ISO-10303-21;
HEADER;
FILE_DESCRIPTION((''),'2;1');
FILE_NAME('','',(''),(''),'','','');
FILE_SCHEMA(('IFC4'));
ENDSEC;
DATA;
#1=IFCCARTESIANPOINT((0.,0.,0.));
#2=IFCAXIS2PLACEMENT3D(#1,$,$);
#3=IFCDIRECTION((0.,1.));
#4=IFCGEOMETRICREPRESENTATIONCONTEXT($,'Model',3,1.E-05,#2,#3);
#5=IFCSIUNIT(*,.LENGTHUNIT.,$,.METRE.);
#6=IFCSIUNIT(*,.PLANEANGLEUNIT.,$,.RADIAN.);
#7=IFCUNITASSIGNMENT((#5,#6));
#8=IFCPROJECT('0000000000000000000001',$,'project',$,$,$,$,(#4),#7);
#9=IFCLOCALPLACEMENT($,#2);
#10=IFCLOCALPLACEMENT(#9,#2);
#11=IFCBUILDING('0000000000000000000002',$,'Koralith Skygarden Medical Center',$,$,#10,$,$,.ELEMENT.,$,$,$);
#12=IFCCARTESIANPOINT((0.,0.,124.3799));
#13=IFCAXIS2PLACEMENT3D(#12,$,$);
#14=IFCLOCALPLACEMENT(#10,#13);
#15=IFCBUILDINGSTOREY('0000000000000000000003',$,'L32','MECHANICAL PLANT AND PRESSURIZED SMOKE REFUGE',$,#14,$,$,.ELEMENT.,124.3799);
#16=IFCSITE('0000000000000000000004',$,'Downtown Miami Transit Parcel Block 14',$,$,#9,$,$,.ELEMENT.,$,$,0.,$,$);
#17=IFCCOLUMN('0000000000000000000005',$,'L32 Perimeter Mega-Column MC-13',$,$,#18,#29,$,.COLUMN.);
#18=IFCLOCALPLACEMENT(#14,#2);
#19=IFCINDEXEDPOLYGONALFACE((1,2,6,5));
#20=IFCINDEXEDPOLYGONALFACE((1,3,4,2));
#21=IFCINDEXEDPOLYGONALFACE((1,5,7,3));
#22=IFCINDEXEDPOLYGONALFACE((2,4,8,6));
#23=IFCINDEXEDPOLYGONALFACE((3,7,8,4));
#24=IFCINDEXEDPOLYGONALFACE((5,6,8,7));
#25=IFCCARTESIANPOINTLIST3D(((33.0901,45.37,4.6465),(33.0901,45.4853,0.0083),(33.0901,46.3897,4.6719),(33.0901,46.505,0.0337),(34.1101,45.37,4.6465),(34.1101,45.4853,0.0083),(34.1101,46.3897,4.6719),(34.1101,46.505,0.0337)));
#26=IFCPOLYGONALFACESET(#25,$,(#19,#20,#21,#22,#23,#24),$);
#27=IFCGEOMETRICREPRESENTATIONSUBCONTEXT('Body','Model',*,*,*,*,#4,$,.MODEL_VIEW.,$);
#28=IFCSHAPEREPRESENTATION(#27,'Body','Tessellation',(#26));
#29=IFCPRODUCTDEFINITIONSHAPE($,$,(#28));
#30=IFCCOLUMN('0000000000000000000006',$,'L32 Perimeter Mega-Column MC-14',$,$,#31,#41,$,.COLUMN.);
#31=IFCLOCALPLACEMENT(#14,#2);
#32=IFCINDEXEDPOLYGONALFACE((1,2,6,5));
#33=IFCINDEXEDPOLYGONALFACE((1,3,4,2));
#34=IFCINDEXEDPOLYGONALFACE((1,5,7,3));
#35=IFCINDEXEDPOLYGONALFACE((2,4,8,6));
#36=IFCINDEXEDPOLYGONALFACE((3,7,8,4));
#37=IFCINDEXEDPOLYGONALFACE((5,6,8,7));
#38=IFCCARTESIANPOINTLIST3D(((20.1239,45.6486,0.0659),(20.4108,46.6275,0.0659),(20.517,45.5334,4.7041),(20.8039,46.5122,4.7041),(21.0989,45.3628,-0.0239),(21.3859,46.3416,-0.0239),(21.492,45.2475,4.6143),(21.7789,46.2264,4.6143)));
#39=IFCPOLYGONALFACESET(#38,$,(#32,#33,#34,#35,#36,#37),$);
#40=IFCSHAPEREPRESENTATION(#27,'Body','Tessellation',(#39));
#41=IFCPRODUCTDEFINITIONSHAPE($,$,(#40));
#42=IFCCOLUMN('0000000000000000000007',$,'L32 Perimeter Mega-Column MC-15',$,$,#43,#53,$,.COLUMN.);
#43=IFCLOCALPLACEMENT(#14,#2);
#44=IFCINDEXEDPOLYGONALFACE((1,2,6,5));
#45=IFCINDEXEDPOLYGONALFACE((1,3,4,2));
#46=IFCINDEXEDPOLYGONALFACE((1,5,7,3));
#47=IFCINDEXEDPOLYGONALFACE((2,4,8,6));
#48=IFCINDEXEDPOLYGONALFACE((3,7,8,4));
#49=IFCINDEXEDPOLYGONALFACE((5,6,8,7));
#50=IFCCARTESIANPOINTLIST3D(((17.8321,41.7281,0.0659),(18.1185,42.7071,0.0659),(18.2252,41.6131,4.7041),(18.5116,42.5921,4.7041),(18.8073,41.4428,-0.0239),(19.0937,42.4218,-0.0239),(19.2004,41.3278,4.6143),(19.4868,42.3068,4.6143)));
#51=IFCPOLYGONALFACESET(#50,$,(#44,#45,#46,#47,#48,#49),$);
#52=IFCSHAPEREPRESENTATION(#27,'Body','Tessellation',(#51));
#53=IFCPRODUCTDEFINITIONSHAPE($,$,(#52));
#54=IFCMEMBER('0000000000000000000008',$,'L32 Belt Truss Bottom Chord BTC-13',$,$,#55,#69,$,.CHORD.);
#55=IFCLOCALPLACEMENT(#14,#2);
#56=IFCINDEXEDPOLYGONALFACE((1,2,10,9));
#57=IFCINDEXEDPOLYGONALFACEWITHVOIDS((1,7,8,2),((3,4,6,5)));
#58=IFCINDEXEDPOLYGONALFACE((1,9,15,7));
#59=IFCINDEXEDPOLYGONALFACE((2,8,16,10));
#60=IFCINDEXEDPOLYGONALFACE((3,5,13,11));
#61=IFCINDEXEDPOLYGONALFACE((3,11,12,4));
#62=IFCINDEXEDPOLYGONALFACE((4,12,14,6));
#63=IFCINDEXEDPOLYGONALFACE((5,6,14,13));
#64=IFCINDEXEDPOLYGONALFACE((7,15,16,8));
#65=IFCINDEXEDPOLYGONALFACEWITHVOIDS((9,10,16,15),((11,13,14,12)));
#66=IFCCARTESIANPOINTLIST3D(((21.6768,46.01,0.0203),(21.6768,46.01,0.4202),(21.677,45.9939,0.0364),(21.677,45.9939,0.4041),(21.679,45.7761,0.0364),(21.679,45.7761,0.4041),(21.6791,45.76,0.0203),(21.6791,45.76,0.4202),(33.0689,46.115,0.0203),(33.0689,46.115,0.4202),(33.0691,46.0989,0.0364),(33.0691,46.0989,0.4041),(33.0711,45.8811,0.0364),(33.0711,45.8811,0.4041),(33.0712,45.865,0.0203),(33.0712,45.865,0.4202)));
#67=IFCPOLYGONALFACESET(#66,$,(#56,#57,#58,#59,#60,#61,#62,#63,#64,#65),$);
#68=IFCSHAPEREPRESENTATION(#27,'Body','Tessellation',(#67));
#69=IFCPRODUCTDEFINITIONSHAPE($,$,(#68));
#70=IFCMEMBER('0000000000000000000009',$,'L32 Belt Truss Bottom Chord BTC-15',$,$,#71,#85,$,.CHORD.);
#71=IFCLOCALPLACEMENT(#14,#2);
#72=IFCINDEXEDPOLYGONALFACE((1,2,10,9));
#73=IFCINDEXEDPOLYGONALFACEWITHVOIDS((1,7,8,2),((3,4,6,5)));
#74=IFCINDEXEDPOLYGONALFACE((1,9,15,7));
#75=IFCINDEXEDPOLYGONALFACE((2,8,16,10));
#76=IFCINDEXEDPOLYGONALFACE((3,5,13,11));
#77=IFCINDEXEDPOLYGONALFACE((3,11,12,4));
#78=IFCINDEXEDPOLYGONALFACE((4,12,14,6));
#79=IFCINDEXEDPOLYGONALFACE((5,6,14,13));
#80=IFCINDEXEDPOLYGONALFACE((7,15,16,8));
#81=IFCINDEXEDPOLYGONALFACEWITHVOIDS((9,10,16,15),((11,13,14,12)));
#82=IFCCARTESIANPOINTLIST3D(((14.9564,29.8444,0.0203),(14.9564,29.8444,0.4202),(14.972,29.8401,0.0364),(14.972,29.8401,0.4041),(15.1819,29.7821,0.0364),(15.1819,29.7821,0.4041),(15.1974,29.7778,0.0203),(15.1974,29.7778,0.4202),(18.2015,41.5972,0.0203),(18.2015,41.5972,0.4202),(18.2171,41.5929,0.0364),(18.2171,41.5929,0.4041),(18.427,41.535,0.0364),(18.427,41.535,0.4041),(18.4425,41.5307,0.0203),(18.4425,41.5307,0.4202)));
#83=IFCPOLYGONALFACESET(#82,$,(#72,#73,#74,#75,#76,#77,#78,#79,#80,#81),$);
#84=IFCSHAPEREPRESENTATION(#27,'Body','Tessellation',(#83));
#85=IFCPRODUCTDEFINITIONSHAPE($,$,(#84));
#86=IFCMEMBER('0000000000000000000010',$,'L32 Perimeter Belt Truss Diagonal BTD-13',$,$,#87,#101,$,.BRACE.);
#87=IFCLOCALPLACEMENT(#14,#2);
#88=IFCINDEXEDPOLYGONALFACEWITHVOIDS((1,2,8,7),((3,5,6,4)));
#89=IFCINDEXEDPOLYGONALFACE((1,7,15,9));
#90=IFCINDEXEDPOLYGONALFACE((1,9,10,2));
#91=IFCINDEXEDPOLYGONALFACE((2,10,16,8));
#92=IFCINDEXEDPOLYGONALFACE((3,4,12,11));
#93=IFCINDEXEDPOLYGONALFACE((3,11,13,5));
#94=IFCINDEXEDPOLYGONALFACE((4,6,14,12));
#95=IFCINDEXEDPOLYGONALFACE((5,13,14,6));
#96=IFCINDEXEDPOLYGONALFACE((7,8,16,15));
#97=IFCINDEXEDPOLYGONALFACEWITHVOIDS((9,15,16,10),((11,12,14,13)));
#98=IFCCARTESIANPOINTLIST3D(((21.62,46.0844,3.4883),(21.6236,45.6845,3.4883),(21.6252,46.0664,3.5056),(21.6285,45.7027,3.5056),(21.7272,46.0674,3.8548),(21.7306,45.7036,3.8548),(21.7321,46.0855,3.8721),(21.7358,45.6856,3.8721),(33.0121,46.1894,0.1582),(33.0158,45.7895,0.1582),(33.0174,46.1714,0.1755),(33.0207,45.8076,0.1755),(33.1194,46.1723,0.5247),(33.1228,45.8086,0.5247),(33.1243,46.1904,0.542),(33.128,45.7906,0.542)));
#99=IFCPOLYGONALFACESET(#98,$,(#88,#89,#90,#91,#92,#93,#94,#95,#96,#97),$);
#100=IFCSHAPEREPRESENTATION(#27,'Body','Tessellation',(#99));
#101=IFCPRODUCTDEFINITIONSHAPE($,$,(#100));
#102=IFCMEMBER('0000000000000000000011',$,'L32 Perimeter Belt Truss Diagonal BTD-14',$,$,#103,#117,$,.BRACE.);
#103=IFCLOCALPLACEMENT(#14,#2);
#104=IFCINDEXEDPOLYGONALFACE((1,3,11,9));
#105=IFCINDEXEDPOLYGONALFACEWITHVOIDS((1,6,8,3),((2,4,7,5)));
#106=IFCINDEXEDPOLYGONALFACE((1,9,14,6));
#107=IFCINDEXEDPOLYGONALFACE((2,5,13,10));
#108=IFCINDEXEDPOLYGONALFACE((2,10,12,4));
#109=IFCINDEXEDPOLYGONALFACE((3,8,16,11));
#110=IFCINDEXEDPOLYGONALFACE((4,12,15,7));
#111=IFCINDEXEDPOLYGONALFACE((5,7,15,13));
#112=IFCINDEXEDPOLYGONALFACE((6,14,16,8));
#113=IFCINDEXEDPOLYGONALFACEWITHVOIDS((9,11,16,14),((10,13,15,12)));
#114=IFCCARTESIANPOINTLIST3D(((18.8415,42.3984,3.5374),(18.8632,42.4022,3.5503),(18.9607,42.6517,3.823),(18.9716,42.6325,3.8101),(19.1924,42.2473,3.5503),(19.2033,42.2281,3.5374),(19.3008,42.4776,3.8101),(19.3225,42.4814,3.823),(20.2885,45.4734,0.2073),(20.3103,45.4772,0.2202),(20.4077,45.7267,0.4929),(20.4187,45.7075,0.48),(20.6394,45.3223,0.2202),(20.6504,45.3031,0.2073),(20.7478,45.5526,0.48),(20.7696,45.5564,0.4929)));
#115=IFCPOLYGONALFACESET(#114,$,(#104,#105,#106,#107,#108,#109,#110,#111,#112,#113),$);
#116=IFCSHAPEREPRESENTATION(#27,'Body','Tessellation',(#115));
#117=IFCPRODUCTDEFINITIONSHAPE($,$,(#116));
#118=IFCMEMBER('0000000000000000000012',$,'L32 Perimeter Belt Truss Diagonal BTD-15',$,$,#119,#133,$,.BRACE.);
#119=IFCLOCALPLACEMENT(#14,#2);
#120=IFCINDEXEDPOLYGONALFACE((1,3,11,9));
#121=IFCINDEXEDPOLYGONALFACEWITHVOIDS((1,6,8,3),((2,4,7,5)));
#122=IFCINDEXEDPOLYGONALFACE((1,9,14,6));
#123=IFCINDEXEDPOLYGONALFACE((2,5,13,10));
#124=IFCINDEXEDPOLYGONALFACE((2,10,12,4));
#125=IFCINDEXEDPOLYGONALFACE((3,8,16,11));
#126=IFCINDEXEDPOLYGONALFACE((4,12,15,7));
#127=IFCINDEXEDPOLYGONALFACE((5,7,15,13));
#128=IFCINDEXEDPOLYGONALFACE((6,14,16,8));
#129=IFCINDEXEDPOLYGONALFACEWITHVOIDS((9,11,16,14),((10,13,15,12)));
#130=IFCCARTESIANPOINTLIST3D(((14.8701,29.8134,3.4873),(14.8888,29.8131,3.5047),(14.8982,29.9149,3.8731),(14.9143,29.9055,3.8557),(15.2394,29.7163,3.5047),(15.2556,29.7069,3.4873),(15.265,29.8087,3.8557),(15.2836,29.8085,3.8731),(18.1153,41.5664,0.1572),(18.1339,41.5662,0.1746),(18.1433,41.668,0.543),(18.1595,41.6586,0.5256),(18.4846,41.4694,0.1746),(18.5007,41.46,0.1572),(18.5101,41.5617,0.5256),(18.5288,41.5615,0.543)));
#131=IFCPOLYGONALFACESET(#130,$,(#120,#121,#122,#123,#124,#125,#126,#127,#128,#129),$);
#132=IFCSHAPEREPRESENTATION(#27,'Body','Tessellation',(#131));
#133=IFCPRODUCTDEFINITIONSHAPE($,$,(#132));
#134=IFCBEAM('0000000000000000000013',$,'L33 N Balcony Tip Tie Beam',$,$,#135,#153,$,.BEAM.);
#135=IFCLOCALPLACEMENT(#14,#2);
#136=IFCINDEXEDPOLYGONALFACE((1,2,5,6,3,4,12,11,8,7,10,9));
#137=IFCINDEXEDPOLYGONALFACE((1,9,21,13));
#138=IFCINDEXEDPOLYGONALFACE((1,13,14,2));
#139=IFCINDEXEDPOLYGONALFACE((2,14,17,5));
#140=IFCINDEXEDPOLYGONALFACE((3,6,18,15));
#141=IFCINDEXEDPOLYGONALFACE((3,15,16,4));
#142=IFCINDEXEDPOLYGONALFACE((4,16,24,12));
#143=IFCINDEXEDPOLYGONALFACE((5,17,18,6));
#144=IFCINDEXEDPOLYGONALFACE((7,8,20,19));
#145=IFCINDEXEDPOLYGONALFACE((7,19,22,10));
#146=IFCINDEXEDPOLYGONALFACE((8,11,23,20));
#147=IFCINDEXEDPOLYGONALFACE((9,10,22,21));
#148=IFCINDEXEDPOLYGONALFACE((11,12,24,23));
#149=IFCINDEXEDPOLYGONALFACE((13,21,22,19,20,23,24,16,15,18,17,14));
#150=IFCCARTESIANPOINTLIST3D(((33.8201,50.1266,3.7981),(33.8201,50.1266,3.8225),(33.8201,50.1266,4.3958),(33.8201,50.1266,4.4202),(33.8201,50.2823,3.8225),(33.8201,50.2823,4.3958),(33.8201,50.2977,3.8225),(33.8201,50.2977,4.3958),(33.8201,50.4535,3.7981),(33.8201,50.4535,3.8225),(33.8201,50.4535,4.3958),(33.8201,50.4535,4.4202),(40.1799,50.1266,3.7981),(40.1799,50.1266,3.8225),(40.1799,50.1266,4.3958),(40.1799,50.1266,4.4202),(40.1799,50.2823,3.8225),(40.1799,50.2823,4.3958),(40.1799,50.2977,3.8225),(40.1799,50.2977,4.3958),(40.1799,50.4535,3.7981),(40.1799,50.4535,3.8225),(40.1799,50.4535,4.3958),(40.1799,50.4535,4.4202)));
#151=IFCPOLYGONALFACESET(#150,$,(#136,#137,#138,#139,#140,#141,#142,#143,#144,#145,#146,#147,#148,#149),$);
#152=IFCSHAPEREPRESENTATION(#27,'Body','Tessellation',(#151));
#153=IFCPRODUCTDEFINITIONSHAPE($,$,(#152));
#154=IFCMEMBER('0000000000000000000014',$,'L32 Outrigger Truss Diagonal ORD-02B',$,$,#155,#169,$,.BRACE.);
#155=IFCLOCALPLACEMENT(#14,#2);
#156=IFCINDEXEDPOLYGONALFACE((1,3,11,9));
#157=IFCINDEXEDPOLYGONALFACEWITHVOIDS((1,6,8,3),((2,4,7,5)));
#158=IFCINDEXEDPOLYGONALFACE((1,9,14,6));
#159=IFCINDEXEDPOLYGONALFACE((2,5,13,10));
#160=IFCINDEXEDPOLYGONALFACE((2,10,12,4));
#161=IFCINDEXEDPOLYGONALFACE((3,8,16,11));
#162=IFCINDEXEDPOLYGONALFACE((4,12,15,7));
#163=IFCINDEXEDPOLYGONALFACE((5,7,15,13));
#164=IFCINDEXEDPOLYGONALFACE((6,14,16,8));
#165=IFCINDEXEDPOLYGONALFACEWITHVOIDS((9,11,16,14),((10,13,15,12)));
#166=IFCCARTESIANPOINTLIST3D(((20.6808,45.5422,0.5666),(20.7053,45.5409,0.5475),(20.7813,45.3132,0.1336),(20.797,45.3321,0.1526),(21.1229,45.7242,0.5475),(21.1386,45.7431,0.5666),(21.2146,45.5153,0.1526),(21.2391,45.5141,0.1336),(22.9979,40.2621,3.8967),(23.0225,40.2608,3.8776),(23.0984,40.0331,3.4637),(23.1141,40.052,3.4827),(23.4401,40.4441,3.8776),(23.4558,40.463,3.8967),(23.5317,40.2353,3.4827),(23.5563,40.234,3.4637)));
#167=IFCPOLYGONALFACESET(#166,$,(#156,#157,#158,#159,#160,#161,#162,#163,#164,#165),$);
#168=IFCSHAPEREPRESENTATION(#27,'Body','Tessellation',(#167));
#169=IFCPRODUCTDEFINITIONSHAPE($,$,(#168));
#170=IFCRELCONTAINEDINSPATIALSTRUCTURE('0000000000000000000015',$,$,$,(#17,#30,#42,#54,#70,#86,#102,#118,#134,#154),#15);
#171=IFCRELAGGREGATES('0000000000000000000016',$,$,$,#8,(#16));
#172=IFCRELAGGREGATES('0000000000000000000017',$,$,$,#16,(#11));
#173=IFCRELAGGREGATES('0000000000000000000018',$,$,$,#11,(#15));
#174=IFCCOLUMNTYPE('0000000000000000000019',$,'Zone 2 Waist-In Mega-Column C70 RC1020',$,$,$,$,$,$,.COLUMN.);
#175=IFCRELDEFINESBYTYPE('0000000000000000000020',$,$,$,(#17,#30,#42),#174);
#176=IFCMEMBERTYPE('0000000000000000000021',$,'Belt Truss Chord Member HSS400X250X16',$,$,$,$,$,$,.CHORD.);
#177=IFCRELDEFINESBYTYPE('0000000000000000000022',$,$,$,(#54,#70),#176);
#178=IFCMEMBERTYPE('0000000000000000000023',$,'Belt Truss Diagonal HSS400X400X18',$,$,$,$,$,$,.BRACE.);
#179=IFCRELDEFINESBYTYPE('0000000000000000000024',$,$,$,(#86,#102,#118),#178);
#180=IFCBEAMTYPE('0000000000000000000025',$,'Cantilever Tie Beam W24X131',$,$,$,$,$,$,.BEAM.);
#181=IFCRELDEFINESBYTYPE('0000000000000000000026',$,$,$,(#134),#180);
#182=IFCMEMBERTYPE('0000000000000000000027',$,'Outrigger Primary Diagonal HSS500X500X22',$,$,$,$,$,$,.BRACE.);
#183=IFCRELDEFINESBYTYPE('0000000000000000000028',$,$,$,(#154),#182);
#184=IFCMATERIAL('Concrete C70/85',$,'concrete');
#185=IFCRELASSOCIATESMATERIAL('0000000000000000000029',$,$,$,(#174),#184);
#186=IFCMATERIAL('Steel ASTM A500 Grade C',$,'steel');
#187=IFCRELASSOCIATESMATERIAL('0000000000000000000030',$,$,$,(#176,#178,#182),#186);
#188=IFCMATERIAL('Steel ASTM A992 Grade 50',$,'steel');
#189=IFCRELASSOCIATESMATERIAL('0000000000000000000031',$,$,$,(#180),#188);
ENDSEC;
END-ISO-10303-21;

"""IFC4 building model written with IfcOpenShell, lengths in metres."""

from ifc_helpers import new_model, si_unit, direction, frame, origin, origin_2d, place, context, subcontext, project, spatial, rectangle, hollow_rectangle, i_section, extrude, material, material_profile, profile_set, type_object, element, save


model = new_model("IFC4")

# Units and contexts
model_context = context("Model", 3, precision=1e-05, world=origin(), true_north=direction((0.0, 1.0)))
body_context = subcontext(model_context, "Body", "Model", "MODEL_VIEW")
ifc_project = project(units=[si_unit("LENGTHUNIT", "METRE"), si_unit("PLANEANGLEUNIT", "RADIAN")], contexts=[model_context])

# Site, building, storey
site_placement = place(None, origin())
site = spatial("IfcSite", under=ifc_project, at=site_placement, Name="Downtown Miami Transit Parcel Block 14", CompositionType="ELEMENT", RefElevation=0.0)
building_placement = place(site_placement, origin())
building = spatial("IfcBuilding", under=site, at=building_placement, Name="Koralith Skygarden Medical Center", CompositionType="ELEMENT")
storey_placement = place(building_placement, frame((0.0, 0.0, 124.3799)))
storey = spatial("IfcBuildingStorey", under=building, at=storey_placement, Name="L32", Description="MECHANICAL PLANT AND PRESSURIZED SMOKE REFUGE", CompositionType="ELEMENT", Elevation=124.3799)

# Columns
ifc_material_1 = material(Name="Concrete C70/85", Category="concrete")
ifc_material_profile_1 = material_profile(ifc_material_1, rectangle(XDim=1.02, YDim=1.02, at=origin_2d()), Name="RC1020X1020")
ifc_profile_set_1 = profile_set([ifc_material_profile_1], Name="Concrete C70/85")
column_type = type_object("IfcColumnType", Name="Zone 2 Waist-In Mega-Column C70 RC1020", PredefinedType="COLUMN", material=ifc_profile_set_1)
column_placement = place(storey_placement, frame((33.6001, 45.9951, 0.021), z_axis=(0.0, -0.024837, 0.999692), x_axis=(1.0, 0.0, 0.0)))
element("IfcColumn", 1, at=column_placement, inside=storey, type_object=column_type, Name="L32 Perimeter Mega-Column MC-13", PredefinedType="COLUMN", context=body_context, shape_type="SweptSolid", body=[
    extrude(rectangle(XDim=1.02, YDim=1.02, at=origin_2d()), origin(), (0.0, 0.0, 1.0), 4.6396),
])
for number, where, z_axis, x_axis, name in (
    (2, (20.7549, 45.9951, 0.021), (0.084417, -0.024748, 0.996123), (0.281327, 0.959612, 0.0), "L32 Perimeter Mega-Column MC-14"),
    (3, (18.4629, 42.075, 0.021), (0.084417, -0.024696, 0.996124), (0.280778, 0.959773, 0.0), "L32 Perimeter Mega-Column MC-15"),
):
    element("IfcColumn", number, at=place(storey_placement, frame(where, z_axis=z_axis, x_axis=x_axis)), inside=storey, type_object=column_type, Name=name, PredefinedType="COLUMN", context=body_context, shape_type="SweptSolid", body=[
        extrude(rectangle(XDim=1.02, YDim=1.02, at=origin_2d()), origin(), (0.0, 0.0, 1.0), 4.6562),
    ])

# Members
ifc_material_2 = material(Name="Steel ASTM A500 Grade C", Category="steel")
ifc_material_profile_2 = material_profile(ifc_material_2, hollow_rectangle(XDim=0.25, YDim=0.3999, WallThickness=0.0161, at=origin_2d()), Name="HSS400X250X16")
ifc_profile_set_2 = profile_set([ifc_material_profile_2], Name="Steel ASTM A500 Grade C")
member_type_1 = type_object("IfcMemberType", Name="Belt Truss Chord Member HSS400X250X16", PredefinedType="CHORD", material=ifc_profile_set_2)
member_1_placement = place(storey_placement, frame((33.0701, 45.99, 0.2202), z_axis=(-0.999958, -0.009215, 0.0), x_axis=(0.009215, -0.999958, 0.0)))
element("IfcMember", 4, at=member_1_placement, inside=storey, type_object=member_type_1, Name="L32 Belt Truss Bottom Chord BTC-13", PredefinedType="CHORD", context=body_context, shape_type="SweptSolid", body=[
    extrude(hollow_rectangle(XDim=0.25, YDim=0.3999, WallThickness=0.0161, at=origin_2d()), origin(), (0.0, 0.0, 1.0), 11.3926),
])
member_2_placement = place(storey_placement, frame((18.322, 41.564, 0.2202), z_axis=(-0.266152, -0.963931, 0.0), x_axis=(0.963931, -0.266152, 0.0)))
element("IfcMember", 5, at=member_2_placement, inside=storey, type_object=member_type_1, Name="L32 Belt Truss Bottom Chord BTC-15", PredefinedType="CHORD", context=body_context, shape_type="SweptSolid", body=[
    extrude(hollow_rectangle(XDim=0.25, YDim=0.3999, WallThickness=0.0161, at=origin_2d()), origin(), (0.0, 0.0, 1.0), 12.1926),
])
ifc_material_profile_3 = material_profile(ifc_material_2, hollow_rectangle(XDim=0.3999, YDim=0.3999, WallThickness=0.0181, at=origin_2d()), Name="HSS400X400X18")
ifc_profile_set_3 = profile_set([ifc_material_profile_3], Name="Steel ASTM A500 Grade C")
member_type_2 = type_object("IfcMemberType", Name="Belt Truss Diagonal HSS400X400X18", PredefinedType="BRACE", material=ifc_profile_set_3)
member_3_placement = place(storey_placement, frame((33.0701, 45.99, 0.3501), z_axis=(-0.959795, -0.008845, 0.280562), x_axis=(0.009215, -0.999958, 0.0)))
element("IfcMember", 6, at=member_3_placement, inside=storey, type_object=member_type_2, Name="L32 Perimeter Belt Truss Diagonal BTD-13", PredefinedType="BRACE", context=body_context, shape_type="SweptSolid", body=[
    extrude(hollow_rectangle(XDim=0.3999, YDim=0.3999, WallThickness=0.0181, at=origin_2d()), origin(), (0.0, 0.0, 1.0), 11.8694),
])
member_4_placement = place(storey_placement, frame((20.5291, 45.5149, 0.3501), z_axis=(-0.304124, -0.646269, 0.69989), x_axis=(0.90482, -0.425794, 0.0)))
element("IfcMember", 7, at=member_4_placement, inside=storey, type_object=member_type_2, Name="L32 Perimeter Belt Truss Diagonal BTD-14", PredefinedType="BRACE", context=body_context, shape_type="SweptSolid", body=[
    extrude(hollow_rectangle(XDim=0.3999, YDim=0.3999, WallThickness=0.0181, at=origin_2d()), origin(), (0.0, 0.0, 1.0), 4.7581),
])
member_5_placement = place(storey_placement, frame((18.322, 41.564, 0.3501), z_axis=(-0.256748, -0.929873, 0.26347), x_axis=(0.963931, -0.266152, 0.0)))
element("IfcMember", 8, at=member_5_placement, inside=storey, type_object=member_type_2, Name="L32 Perimeter Belt Truss Diagonal BTD-15", PredefinedType="BRACE", context=body_context, shape_type="SweptSolid", body=[
    extrude(hollow_rectangle(XDim=0.3999, YDim=0.3999, WallThickness=0.0181, at=origin_2d()), origin(), (0.0, 0.0, 1.0), 12.6394),
])

# Beam
ifc_material_3 = material(Name="Steel ASTM A992 Grade 50", Category="steel")
ifc_material_profile_4 = material_profile(ifc_material_3, i_section(OverallWidth=0.3269, OverallDepth=0.6221, WebThickness=0.0154, FlangeThickness=0.0244, at=origin_2d()), Name="W24X131")
ifc_profile_set_4 = profile_set([ifc_material_profile_4], Name="Steel ASTM A992 Grade 50")
beam_type_1 = type_object("IfcBeamType", Name="Cantilever Tie Beam W24X131", PredefinedType="BEAM", material=ifc_profile_set_4)
beam_1_placement = place(storey_placement, frame((33.8201, 50.29, 4.1091), z_axis=(1.0, 0.0, 0.0), x_axis=(0.0, 1.0, 0.0)))
element("IfcBeam", 9, at=beam_1_placement, inside=storey, type_object=beam_type_1, Name="L33 N Balcony Tip Tie Beam", PredefinedType="BEAM", context=body_context, shape_type="SweptSolid", body=[
    extrude(i_section(OverallWidth=0.3269, OverallDepth=0.6221, WebThickness=0.0154, FlangeThickness=0.0244, at=origin_2d()), origin(), (0.0, 0.0, 1.0), 6.3599),
])

# Member
ifc_material_profile_5 = material_profile(ifc_material_2, hollow_rectangle(XDim=0.5, YDim=0.5, WallThickness=0.022, at=origin_2d()), Name="HSS500X500X22")
ifc_profile_set_5 = profile_set([ifc_material_profile_5], Name="Steel ASTM A500 Grade C")
member_type_3 = type_object("IfcMemberType", Name="Outrigger Primary Diagonal HSS500X500X22", PredefinedType="BRACE", material=ifc_profile_set_5)
member_6_placement = place(storey_placement, frame((23.2771, 40.248, 3.6802), z_axis=(-0.347991, 0.792961, -0.500115), x_axis=(-0.915703, -0.401856, 0.0)))
element("IfcMember", 10, at=member_6_placement, inside=storey, type_object=member_type_3, Name="L32 Outrigger Truss Diagonal ORD-02B", PredefinedType="BRACE", context=body_context, shape_type="SweptSolid", body=[
    extrude(hollow_rectangle(XDim=0.5, YDim=0.5, WallThickness=0.022, at=origin_2d()), origin(), (0.0, 0.0, 1.0), 6.6587),
])

save(model, "model.ifc")
